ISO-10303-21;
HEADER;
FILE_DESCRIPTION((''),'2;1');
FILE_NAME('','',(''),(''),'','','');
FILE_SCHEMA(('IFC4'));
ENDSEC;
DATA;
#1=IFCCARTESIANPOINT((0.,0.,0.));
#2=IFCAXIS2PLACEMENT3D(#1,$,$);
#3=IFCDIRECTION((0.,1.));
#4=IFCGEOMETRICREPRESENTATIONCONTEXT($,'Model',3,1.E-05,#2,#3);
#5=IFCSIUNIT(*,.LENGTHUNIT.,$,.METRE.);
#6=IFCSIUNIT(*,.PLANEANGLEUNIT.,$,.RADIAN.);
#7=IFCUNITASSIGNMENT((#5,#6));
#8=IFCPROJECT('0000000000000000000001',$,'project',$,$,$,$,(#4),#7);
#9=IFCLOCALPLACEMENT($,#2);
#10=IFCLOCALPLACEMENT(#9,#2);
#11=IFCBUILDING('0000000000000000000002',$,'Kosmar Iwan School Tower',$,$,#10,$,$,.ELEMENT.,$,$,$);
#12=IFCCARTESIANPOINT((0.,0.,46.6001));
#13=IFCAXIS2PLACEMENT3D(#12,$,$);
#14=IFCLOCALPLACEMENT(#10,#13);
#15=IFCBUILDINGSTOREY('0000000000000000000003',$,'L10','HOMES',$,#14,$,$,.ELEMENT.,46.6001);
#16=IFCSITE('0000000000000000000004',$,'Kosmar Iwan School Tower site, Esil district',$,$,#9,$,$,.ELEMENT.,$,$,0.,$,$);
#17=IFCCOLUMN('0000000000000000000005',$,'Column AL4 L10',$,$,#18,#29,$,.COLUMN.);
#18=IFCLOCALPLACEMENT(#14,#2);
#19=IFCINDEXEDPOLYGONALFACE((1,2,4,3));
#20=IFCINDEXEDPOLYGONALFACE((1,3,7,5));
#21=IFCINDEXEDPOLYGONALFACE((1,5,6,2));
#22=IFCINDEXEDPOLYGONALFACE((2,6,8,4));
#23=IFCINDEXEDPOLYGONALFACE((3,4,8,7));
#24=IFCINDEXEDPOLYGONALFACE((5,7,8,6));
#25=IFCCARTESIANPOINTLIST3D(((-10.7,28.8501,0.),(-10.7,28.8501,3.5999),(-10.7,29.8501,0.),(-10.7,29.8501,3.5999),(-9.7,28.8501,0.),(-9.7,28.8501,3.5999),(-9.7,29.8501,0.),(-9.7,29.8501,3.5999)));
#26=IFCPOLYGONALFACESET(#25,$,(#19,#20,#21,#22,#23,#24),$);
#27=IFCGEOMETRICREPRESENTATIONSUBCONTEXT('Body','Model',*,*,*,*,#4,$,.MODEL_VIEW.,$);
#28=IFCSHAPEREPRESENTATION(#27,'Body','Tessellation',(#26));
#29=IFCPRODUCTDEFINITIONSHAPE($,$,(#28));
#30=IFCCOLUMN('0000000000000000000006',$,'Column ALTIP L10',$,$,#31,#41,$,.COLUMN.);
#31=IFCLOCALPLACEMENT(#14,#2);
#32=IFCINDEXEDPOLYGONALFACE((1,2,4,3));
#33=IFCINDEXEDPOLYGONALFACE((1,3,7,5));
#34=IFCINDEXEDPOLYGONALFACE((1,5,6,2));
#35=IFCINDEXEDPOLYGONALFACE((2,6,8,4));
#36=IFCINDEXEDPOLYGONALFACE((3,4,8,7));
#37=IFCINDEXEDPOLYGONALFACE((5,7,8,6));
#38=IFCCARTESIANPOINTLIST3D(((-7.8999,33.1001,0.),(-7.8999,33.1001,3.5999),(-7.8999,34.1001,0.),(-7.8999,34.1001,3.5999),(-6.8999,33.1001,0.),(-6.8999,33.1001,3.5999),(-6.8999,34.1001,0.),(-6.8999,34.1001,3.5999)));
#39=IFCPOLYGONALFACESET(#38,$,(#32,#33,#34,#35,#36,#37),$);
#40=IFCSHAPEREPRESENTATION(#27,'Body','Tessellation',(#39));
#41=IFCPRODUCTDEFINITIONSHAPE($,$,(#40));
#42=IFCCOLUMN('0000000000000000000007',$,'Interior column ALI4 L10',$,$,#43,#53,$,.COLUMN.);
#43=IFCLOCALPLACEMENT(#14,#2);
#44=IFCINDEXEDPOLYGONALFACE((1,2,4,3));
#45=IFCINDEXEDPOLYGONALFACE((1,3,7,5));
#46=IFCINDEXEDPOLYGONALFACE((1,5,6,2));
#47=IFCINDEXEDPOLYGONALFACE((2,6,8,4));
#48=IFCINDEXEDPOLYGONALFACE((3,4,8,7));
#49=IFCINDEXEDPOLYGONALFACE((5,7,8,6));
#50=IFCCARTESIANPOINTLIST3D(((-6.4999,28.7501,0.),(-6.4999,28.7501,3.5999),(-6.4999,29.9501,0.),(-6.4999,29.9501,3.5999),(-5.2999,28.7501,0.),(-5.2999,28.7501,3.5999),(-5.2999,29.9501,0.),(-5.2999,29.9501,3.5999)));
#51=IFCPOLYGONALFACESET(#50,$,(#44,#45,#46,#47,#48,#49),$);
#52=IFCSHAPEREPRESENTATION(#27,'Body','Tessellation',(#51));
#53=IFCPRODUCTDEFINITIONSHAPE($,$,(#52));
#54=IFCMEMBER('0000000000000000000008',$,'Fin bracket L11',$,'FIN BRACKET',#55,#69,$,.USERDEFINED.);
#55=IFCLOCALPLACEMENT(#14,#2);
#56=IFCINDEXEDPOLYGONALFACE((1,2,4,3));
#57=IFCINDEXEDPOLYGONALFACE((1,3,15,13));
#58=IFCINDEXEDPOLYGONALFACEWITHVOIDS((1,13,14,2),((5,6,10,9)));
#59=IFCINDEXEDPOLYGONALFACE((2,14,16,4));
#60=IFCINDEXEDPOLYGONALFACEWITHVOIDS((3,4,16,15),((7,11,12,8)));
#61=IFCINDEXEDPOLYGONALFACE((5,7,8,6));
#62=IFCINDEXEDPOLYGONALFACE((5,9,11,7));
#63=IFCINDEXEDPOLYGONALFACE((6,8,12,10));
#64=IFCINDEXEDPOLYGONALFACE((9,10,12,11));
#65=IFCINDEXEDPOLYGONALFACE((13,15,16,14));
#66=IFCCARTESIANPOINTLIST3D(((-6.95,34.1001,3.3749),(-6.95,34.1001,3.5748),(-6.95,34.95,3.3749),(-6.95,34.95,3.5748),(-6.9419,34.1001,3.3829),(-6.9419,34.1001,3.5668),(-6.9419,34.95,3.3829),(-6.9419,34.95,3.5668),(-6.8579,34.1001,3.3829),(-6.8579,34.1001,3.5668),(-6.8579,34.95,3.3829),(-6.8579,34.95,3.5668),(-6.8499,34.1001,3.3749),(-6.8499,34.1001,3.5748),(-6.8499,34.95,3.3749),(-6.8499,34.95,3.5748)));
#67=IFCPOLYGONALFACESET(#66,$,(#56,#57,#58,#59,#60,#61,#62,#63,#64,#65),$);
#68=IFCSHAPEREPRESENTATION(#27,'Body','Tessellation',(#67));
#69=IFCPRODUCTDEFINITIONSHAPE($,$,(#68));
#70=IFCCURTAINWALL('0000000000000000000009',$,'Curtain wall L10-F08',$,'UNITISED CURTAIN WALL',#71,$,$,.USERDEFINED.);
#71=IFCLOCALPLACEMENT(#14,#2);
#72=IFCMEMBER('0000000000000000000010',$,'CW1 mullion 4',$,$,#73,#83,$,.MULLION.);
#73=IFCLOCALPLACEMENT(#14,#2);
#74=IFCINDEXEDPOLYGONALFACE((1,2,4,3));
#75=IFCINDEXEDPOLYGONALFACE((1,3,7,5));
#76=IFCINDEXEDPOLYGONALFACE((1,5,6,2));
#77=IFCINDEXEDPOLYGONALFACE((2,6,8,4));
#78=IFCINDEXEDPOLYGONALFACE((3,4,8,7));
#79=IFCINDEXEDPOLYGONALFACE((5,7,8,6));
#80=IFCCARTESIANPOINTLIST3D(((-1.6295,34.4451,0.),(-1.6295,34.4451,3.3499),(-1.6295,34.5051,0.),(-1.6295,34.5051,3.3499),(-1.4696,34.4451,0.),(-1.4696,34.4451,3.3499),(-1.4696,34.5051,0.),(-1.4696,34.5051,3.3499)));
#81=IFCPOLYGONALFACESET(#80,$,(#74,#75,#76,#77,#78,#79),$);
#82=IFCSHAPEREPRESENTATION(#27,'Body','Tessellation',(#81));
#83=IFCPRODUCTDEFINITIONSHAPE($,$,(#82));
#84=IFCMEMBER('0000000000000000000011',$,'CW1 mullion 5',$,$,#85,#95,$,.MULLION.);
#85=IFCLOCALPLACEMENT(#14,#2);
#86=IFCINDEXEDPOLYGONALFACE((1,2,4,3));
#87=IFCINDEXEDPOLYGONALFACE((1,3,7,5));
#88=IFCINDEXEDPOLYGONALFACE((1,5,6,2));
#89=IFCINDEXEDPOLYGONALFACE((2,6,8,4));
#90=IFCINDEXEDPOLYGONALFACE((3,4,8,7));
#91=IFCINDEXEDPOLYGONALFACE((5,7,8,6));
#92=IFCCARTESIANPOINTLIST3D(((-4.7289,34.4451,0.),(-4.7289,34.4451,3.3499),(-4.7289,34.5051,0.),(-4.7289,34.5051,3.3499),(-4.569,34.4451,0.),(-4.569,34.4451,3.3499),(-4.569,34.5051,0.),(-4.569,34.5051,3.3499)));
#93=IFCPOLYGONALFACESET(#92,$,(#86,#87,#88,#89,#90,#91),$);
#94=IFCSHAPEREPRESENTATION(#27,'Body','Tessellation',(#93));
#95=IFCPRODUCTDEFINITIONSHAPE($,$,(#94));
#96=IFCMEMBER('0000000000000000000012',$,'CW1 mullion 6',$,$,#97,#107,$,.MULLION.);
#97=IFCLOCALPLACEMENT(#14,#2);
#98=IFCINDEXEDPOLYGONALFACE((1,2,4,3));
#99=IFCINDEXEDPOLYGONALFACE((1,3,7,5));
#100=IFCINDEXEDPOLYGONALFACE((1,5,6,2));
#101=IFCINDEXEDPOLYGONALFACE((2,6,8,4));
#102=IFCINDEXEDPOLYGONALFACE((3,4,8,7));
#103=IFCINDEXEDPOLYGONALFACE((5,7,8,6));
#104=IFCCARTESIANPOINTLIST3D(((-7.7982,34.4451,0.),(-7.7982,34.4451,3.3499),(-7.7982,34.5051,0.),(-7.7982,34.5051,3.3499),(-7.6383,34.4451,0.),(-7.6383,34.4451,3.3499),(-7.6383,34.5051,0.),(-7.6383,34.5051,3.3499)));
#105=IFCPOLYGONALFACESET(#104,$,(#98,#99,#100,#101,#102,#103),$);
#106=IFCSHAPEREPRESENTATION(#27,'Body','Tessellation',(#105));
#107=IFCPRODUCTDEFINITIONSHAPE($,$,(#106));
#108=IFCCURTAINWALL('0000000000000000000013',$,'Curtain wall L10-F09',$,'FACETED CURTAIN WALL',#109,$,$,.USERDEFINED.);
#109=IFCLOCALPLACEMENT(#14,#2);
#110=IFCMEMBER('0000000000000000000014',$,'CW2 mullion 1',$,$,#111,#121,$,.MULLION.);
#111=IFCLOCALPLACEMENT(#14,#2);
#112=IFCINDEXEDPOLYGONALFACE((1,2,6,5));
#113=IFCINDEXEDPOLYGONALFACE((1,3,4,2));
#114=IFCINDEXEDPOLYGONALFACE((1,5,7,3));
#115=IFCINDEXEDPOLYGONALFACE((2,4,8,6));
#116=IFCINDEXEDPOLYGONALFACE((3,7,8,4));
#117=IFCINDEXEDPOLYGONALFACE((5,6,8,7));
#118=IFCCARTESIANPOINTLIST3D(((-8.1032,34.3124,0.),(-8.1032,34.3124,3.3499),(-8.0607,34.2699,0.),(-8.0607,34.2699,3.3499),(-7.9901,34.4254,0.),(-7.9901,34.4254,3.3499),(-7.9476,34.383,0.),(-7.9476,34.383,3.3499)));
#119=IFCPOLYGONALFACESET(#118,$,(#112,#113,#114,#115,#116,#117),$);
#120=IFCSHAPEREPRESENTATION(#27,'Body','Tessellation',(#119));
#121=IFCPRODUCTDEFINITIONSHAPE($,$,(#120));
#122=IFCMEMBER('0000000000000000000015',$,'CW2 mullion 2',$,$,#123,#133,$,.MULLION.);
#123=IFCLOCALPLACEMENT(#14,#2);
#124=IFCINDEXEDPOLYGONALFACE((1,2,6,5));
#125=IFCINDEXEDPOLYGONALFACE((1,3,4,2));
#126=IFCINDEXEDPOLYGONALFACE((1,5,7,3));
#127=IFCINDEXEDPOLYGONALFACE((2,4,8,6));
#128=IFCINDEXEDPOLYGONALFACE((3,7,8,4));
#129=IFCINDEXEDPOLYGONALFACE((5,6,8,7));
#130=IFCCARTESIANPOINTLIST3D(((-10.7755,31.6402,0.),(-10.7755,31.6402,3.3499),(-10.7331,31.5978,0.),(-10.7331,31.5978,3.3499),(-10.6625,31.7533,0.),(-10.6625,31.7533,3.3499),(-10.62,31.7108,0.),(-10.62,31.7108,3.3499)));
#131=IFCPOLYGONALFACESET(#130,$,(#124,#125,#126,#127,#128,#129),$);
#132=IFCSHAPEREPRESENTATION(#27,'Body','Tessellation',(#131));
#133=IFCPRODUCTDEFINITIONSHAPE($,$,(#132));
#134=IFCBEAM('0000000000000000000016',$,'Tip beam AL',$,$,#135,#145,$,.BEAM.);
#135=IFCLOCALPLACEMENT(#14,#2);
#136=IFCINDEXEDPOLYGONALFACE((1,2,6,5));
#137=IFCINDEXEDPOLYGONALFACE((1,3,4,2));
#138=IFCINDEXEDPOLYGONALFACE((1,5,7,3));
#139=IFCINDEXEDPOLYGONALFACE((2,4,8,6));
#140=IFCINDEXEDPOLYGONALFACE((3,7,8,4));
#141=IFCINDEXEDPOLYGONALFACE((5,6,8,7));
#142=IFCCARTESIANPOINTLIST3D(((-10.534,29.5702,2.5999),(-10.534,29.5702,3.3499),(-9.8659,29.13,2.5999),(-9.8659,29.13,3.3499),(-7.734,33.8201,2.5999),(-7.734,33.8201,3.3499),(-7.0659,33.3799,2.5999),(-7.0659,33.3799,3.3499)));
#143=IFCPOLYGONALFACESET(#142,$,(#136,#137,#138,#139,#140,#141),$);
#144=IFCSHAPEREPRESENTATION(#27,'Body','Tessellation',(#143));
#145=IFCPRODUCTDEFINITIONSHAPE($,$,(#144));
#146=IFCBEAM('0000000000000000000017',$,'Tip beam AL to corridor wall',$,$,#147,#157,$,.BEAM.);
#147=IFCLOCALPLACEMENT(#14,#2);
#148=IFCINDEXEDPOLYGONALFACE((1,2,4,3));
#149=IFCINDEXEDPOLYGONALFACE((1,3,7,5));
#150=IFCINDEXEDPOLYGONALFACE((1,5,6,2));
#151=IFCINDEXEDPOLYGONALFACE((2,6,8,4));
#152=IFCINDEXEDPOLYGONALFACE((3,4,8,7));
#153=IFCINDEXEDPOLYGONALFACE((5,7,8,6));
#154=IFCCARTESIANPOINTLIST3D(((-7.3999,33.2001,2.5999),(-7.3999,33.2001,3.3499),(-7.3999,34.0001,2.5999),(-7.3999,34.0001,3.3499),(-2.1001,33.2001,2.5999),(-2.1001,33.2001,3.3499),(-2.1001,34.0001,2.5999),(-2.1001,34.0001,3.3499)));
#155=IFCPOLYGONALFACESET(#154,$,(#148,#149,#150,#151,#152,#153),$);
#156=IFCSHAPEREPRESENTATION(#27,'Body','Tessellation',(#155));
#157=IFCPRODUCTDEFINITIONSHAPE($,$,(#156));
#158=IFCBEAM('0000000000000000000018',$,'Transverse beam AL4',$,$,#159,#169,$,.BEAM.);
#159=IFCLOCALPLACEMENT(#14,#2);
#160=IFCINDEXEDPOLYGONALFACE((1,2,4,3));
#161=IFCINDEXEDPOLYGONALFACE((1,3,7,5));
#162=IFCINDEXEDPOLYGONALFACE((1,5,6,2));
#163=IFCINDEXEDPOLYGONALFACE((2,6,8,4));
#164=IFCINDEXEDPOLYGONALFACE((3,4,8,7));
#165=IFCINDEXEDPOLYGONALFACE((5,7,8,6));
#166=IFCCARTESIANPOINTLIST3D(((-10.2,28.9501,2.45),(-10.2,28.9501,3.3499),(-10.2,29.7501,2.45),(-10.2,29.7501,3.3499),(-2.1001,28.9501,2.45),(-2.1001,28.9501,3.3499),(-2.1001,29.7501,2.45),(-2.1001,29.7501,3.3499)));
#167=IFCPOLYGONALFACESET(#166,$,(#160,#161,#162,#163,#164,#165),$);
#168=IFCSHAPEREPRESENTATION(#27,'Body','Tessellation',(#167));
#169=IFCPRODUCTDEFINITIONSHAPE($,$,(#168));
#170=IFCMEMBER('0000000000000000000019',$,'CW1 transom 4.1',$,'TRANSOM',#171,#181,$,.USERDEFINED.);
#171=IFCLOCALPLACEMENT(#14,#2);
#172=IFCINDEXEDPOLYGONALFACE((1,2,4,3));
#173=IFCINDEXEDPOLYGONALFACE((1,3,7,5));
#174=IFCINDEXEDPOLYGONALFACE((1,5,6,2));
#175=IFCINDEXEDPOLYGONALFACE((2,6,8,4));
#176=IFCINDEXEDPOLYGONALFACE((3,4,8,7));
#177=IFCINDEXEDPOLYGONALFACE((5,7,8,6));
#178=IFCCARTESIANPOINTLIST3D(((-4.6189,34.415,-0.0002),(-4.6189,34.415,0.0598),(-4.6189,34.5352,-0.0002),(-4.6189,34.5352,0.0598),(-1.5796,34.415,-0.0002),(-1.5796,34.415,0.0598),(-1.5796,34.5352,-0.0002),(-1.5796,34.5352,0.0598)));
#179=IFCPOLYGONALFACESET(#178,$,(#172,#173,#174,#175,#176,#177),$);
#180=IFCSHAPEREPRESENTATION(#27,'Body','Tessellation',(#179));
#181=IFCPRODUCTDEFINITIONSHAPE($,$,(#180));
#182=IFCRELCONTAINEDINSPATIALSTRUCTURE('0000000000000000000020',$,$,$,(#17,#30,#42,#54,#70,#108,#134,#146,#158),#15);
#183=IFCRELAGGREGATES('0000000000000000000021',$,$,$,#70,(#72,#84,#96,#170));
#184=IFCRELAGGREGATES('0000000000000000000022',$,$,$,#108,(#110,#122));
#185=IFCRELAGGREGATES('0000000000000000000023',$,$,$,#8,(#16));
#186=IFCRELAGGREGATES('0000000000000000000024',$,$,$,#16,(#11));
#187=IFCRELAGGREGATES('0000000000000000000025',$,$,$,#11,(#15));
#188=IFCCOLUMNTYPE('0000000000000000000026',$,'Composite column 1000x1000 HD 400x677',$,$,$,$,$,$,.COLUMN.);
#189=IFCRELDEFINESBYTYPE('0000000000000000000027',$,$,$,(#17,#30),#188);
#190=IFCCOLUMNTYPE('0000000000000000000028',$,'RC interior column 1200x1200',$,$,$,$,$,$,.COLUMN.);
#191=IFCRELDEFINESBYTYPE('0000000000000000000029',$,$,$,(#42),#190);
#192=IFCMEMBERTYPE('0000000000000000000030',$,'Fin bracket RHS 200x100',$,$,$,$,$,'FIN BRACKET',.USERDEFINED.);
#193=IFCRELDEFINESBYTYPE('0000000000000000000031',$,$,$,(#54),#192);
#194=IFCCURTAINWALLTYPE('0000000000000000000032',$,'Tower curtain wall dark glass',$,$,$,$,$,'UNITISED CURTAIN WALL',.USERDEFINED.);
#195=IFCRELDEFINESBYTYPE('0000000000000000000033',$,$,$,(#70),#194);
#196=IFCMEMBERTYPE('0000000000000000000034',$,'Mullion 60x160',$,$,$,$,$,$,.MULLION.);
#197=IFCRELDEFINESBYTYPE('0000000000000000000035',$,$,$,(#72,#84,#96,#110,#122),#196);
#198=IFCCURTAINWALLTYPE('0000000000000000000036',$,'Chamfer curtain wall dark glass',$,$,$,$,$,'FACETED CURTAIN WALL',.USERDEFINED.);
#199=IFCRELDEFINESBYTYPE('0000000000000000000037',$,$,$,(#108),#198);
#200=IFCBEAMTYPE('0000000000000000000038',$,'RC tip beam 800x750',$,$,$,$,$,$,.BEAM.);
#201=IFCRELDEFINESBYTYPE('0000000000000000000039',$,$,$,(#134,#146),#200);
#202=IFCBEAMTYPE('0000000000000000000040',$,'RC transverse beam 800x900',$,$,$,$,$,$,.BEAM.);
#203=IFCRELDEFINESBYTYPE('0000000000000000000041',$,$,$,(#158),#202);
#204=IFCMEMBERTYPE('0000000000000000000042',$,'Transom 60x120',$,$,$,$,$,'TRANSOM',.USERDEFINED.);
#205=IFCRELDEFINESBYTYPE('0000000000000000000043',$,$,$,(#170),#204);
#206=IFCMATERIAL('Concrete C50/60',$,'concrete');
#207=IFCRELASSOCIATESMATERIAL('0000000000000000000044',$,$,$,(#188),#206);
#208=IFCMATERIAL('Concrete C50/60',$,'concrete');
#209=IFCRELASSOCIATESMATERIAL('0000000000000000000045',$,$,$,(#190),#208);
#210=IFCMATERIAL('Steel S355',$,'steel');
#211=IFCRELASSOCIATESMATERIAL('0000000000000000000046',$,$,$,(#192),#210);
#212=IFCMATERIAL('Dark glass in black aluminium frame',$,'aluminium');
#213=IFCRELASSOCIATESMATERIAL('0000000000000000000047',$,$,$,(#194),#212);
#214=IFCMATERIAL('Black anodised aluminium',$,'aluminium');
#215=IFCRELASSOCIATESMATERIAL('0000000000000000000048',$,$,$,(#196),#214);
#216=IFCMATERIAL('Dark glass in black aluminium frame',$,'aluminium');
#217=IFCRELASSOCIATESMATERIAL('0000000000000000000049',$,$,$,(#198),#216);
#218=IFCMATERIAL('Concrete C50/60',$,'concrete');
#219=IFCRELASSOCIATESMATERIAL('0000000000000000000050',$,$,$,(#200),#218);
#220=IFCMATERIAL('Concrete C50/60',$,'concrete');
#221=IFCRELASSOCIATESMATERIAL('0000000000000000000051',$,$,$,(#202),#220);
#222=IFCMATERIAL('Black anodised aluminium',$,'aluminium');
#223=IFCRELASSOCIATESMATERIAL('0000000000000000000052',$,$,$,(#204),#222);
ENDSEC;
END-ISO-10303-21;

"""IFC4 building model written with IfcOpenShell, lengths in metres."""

from ifc_helpers import new_model, si_unit, direction, frame, origin, origin_2d, place, context, subcontext, project, spatial, rectangle, hollow_rectangle, extrude, material, material_profile, profile_set, type_object, element, aggregate, save


model = new_model("IFC4")

# Units and contexts
model_context = context("Model", 3, precision=1e-05, world=origin(), true_north=direction((0.0, 1.0)))
body_context = subcontext(model_context, "Body", "Model", "MODEL_VIEW")
ifc_project = project(units=[si_unit("LENGTHUNIT", "METRE"), si_unit("PLANEANGLEUNIT", "RADIAN")], contexts=[model_context])

# Site, building, storey
site_placement = place(None, origin())
site = spatial("IfcSite", under=ifc_project, at=site_placement, Name="Kosmar Iwan School Tower site, Esil district", CompositionType="ELEMENT", RefElevation=0.0)
building_placement = place(site_placement, origin())
building = spatial("IfcBuilding", under=site, at=building_placement, Name="Kosmar Iwan School Tower", CompositionType="ELEMENT")
storey_placement = place(building_placement, frame((0.0, 0.0, 46.6001)))
storey = spatial("IfcBuildingStorey", under=building, at=storey_placement, Name="L10", Description="HOMES", CompositionType="ELEMENT", Elevation=46.6001)

# Columns
ifc_material_1 = material(Name="Concrete C50/60", Category="concrete")
ifc_material_profile_1 = material_profile(ifc_material_1, rectangle(XDim=1.0, YDim=1.0, at=origin_2d()), Name="RC 1000x1000 + HD 400x677")
ifc_profile_set_1 = profile_set([ifc_material_profile_1], Name="Concrete C50/60")
column_type_1 = type_object("IfcColumnType", Name="Composite column 1000x1000 HD 400x677", PredefinedType="COLUMN", material=ifc_profile_set_1)
for number, where, z_axis, x_axis, name in (
    (1, (-10.2, 29.3501, 0.0), (0.0, 0.0, 1.0), (0.0, 1.0, 0.0), "Column AL4 L10"),
    (2, (-7.3999, 33.6001, 0.0), (0.0, 0.0, 1.0), (0.0, 1.0, 0.0), "Column ALTIP L10"),
):
    element("IfcColumn", number, at=place(storey_placement, frame(where, z_axis=z_axis, x_axis=x_axis)), inside=storey, type_object=column_type_1, Name=name, PredefinedType="COLUMN", context=body_context, shape_type="SweptSolid", body=[
        extrude(rectangle(XDim=1.0, YDim=1.0, at=origin_2d()), origin(), (0.0, 0.0, 1.0), 3.5999),
    ])
ifc_material_2 = material(Name="Concrete C50/60", Category="concrete")
ifc_material_profile_2 = material_profile(ifc_material_2, rectangle(XDim=1.2, YDim=1.2, at=origin_2d()), Name="RC 1200x1200")
ifc_profile_set_2 = profile_set([ifc_material_profile_2], Name="Concrete C50/60")
column_type_2 = type_object("IfcColumnType", Name="RC interior column 1200x1200", PredefinedType="COLUMN", material=ifc_profile_set_2)
column_placement = place(storey_placement, frame((-5.8999, 29.3501, 0.0), z_axis=(0.0, 0.0, 1.0), x_axis=(0.0, 1.0, 0.0)))
element("IfcColumn", 3, at=column_placement, inside=storey, type_object=column_type_2, Name="Interior column ALI4 L10", PredefinedType="COLUMN", context=body_context, shape_type="SweptSolid", body=[
    extrude(rectangle(XDim=1.2, YDim=1.2, at=origin_2d()), origin(), (0.0, 0.0, 1.0), 3.5999),
])

# Member
ifc_material_3 = material(Name="Steel S355", Category="steel")
ifc_material_profile_3 = material_profile(ifc_material_3, hollow_rectangle(XDim=0.1001, YDim=0.2, WallThickness=0.0081, at=origin_2d()), Name="RHS 200x100x8")
ifc_profile_set_3 = profile_set([ifc_material_profile_3], Name="Steel S355")
member_type_1 = type_object("IfcMemberType", Name="Fin bracket RHS 200x100", ElementType="FIN BRACKET", PredefinedType="USERDEFINED", material=ifc_profile_set_3)
member_1_placement = place(storey_placement, frame((-6.8999, 34.1001, 3.4749), z_axis=(0.0, 1.0, 0.0), x_axis=(-1.0, 0.0, 0.0)))
element("IfcMember", 4, at=member_1_placement, inside=storey, type_object=member_type_1, Name="Fin bracket L11", ObjectType="FIN BRACKET", PredefinedType="USERDEFINED", context=body_context, shape_type="SweptSolid", body=[
    extrude(hollow_rectangle(XDim=0.1001, YDim=0.2, WallThickness=0.0081, at=origin_2d()), origin(), (0.0, 0.0, 1.0), 0.8499),
])

# Curtain walls, members
ifc_material_4 = material(Name="Dark glass in black aluminium frame", Category="aluminium")
curtain_wall_type_1 = type_object("IfcCurtainWallType", Name="Tower curtain wall dark glass", ElementType="UNITISED CURTAIN WALL", PredefinedType="USERDEFINED", material=ifc_material_4)
curtain_wall_1_placement = place(storey_placement, origin())
curtain_wall_1 = element("IfcCurtainWall", 5, at=curtain_wall_1_placement, inside=storey, type_object=curtain_wall_type_1, Name="Curtain wall L10-F08", ObjectType="UNITISED CURTAIN WALL", PredefinedType="USERDEFINED")
ifc_material_5 = material(Name="Black anodised aluminium", Category="aluminium")
ifc_material_profile_4 = material_profile(ifc_material_5, rectangle(XDim=0.0601, YDim=0.1599, at=origin_2d()), Name="MULLION 60x160")
ifc_profile_set_4 = profile_set([ifc_material_profile_4], Name="Black anodised aluminium")
member_type_2 = type_object("IfcMemberType", Name="Mullion 60x160", PredefinedType="MULLION", material=ifc_profile_set_4)
member_2_placement = place(storey_placement, frame((-1.5496, 34.4751, 0.0), z_axis=(0.0, 0.0, 1.0), x_axis=(0.0, -1.0, 0.0)))
member_2 = element("IfcMember", 6, at=member_2_placement, type_object=member_type_2, Name="CW1 mullion 4", PredefinedType="MULLION", context=body_context, shape_type="SweptSolid", body=[
    extrude(rectangle(XDim=0.0601, YDim=0.1599, at=origin_2d()), origin(), (0.0, 0.0, 1.0), 3.3499),
])
member_3_placement = place(storey_placement, frame((-4.6489, 34.4751, 0.0), z_axis=(0.0, 0.0, 1.0), x_axis=(0.0, -1.0, 0.0)))
member_3 = element("IfcMember", 7, at=member_3_placement, type_object=member_type_2, Name="CW1 mullion 5", PredefinedType="MULLION", context=body_context, shape_type="SweptSolid", body=[
    extrude(rectangle(XDim=0.0601, YDim=0.1599, at=origin_2d()), origin(), (0.0, 0.0, 1.0), 3.3499),
])
member_4_placement = place(storey_placement, frame((-7.7183, 34.4751, 0.0), z_axis=(0.0, 0.0, 1.0), x_axis=(0.0, -1.0, 0.0)))
member_4 = element("IfcMember", 8, at=member_4_placement, type_object=member_type_2, Name="CW1 mullion 6", PredefinedType="MULLION", context=body_context, shape_type="SweptSolid", body=[
    extrude(rectangle(XDim=0.0601, YDim=0.1599, at=origin_2d()), origin(), (0.0, 0.0, 1.0), 3.3499),
])
ifc_material_6 = material(Name="Dark glass in black aluminium frame", Category="aluminium")
curtain_wall_type_2 = type_object("IfcCurtainWallType", Name="Chamfer curtain wall dark glass", ElementType="FACETED CURTAIN WALL", PredefinedType="USERDEFINED", material=ifc_material_6)
curtain_wall_2_placement = place(storey_placement, origin())
curtain_wall_2 = element("IfcCurtainWall", 9, at=curtain_wall_2_placement, inside=storey, type_object=curtain_wall_type_2, Name="Curtain wall L10-F09", ObjectType="FACETED CURTAIN WALL", PredefinedType="USERDEFINED")
member_5_placement = place(storey_placement, frame((-8.0254, 34.3477, 0.0), z_axis=(0.0, 0.0, 1.0), x_axis=(0.707107, -0.707107, 0.0)))
member_5 = element("IfcMember", 10, at=member_5_placement, type_object=member_type_2, Name="CW2 mullion 1", PredefinedType="MULLION", context=body_context, shape_type="SweptSolid", body=[
    extrude(rectangle(XDim=0.0601, YDim=0.1599, at=origin_2d()), origin(), (0.0, 0.0, 1.0), 3.3499),
])
member_6_placement = place(storey_placement, frame((-10.6978, 31.6755, 0.0), z_axis=(0.0, 0.0, 1.0), x_axis=(0.707107, -0.707107, 0.0)))
member_6 = element("IfcMember", 11, at=member_6_placement, type_object=member_type_2, Name="CW2 mullion 2", PredefinedType="MULLION", context=body_context, shape_type="SweptSolid", body=[
    extrude(rectangle(XDim=0.0601, YDim=0.1599, at=origin_2d()), origin(), (0.0, 0.0, 1.0), 3.3499),
])

# Beams
ifc_material_7 = material(Name="Concrete C50/60", Category="concrete")
ifc_material_profile_5 = material_profile(ifc_material_7, rectangle(XDim=0.8, YDim=0.75, at=origin_2d()), Name="RC 800x750")
ifc_profile_set_5 = profile_set([ifc_material_profile_5], Name="Concrete C50/60")
beam_type_1 = type_object("IfcBeamType", Name="RC tip beam 800x750", PredefinedType="BEAM", material=ifc_profile_set_5)
beam_1_placement = place(storey_placement, frame((-10.2, 29.3501, 2.9749), z_axis=(0.550164, 0.835056, 0.0), x_axis=(-0.835056, 0.550164, 0.0)))
element("IfcBeam", 12, at=beam_1_placement, inside=storey, type_object=beam_type_1, Name="Tip beam AL", PredefinedType="BEAM", context=body_context, shape_type="SweptSolid", body=[
    extrude(rectangle(XDim=0.8, YDim=0.75, at=origin_2d()), origin(), (0.0, 0.0, 1.0), 5.0894),
])
beam_2_placement = place(storey_placement, frame((-7.3999, 33.6001, 2.9749), z_axis=(1.0, 0.0, 0.0), x_axis=(0.0, 1.0, 0.0)))
element("IfcBeam", 13, at=beam_2_placement, inside=storey, type_object=beam_type_1, Name="Tip beam AL to corridor wall", PredefinedType="BEAM", context=body_context, shape_type="SweptSolid", body=[
    extrude(rectangle(XDim=0.8, YDim=0.75, at=origin_2d()), origin(), (0.0, 0.0, 1.0), 5.2998),
])
ifc_material_8 = material(Name="Concrete C50/60", Category="concrete")
ifc_material_profile_6 = material_profile(ifc_material_8, rectangle(XDim=0.8, YDim=0.8999, at=origin_2d()), Name="RC 800x900")
ifc_profile_set_6 = profile_set([ifc_material_profile_6], Name="Concrete C50/60")
beam_type_2 = type_object("IfcBeamType", Name="RC transverse beam 800x900", PredefinedType="BEAM", material=ifc_profile_set_6)
beam_3_placement = place(storey_placement, frame((-10.2, 29.3501, 2.8999), z_axis=(1.0, 0.0, 0.0), x_axis=(0.0, 1.0, 0.0)))
element("IfcBeam", 14, at=beam_3_placement, inside=storey, type_object=beam_type_2, Name="Transverse beam AL4", PredefinedType="BEAM", context=body_context, shape_type="SweptSolid", body=[
    extrude(rectangle(XDim=0.8, YDim=0.8999, at=origin_2d()), origin(), (0.0, 0.0, 1.0), 8.0999),
])

# Member
ifc_material_9 = material(Name="Black anodised aluminium", Category="aluminium")
ifc_material_profile_7 = material_profile(ifc_material_9, rectangle(XDim=0.1201, YDim=0.0601, at=origin_2d()), Name="TRANSOM 60x120")
ifc_profile_set_7 = profile_set([ifc_material_profile_7], Name="Black anodised aluminium")
member_type_3 = type_object("IfcMemberType", Name="Transom 60x120", ElementType="TRANSOM", PredefinedType="USERDEFINED", material=ifc_profile_set_7)
member_7_placement = place(storey_placement, frame((-1.5796, 34.4751, 0.0298), z_axis=(-1.0, 0.0, 0.0), x_axis=(0.0, -1.0, 0.0)))
member_7 = element("IfcMember", 15, at=member_7_placement, type_object=member_type_3, Name="CW1 transom 4.1", ObjectType="TRANSOM", PredefinedType="USERDEFINED", context=body_context, shape_type="SweptSolid", body=[
    extrude(rectangle(XDim=0.1201, YDim=0.0601, at=origin_2d()), origin(), (0.0, 0.0, 1.0), 3.0393),
])

aggregate(curtain_wall_1, [member_2, member_3, member_4, member_7])
aggregate(curtain_wall_2, [member_5, member_6])

save(model, "model.ifc")
